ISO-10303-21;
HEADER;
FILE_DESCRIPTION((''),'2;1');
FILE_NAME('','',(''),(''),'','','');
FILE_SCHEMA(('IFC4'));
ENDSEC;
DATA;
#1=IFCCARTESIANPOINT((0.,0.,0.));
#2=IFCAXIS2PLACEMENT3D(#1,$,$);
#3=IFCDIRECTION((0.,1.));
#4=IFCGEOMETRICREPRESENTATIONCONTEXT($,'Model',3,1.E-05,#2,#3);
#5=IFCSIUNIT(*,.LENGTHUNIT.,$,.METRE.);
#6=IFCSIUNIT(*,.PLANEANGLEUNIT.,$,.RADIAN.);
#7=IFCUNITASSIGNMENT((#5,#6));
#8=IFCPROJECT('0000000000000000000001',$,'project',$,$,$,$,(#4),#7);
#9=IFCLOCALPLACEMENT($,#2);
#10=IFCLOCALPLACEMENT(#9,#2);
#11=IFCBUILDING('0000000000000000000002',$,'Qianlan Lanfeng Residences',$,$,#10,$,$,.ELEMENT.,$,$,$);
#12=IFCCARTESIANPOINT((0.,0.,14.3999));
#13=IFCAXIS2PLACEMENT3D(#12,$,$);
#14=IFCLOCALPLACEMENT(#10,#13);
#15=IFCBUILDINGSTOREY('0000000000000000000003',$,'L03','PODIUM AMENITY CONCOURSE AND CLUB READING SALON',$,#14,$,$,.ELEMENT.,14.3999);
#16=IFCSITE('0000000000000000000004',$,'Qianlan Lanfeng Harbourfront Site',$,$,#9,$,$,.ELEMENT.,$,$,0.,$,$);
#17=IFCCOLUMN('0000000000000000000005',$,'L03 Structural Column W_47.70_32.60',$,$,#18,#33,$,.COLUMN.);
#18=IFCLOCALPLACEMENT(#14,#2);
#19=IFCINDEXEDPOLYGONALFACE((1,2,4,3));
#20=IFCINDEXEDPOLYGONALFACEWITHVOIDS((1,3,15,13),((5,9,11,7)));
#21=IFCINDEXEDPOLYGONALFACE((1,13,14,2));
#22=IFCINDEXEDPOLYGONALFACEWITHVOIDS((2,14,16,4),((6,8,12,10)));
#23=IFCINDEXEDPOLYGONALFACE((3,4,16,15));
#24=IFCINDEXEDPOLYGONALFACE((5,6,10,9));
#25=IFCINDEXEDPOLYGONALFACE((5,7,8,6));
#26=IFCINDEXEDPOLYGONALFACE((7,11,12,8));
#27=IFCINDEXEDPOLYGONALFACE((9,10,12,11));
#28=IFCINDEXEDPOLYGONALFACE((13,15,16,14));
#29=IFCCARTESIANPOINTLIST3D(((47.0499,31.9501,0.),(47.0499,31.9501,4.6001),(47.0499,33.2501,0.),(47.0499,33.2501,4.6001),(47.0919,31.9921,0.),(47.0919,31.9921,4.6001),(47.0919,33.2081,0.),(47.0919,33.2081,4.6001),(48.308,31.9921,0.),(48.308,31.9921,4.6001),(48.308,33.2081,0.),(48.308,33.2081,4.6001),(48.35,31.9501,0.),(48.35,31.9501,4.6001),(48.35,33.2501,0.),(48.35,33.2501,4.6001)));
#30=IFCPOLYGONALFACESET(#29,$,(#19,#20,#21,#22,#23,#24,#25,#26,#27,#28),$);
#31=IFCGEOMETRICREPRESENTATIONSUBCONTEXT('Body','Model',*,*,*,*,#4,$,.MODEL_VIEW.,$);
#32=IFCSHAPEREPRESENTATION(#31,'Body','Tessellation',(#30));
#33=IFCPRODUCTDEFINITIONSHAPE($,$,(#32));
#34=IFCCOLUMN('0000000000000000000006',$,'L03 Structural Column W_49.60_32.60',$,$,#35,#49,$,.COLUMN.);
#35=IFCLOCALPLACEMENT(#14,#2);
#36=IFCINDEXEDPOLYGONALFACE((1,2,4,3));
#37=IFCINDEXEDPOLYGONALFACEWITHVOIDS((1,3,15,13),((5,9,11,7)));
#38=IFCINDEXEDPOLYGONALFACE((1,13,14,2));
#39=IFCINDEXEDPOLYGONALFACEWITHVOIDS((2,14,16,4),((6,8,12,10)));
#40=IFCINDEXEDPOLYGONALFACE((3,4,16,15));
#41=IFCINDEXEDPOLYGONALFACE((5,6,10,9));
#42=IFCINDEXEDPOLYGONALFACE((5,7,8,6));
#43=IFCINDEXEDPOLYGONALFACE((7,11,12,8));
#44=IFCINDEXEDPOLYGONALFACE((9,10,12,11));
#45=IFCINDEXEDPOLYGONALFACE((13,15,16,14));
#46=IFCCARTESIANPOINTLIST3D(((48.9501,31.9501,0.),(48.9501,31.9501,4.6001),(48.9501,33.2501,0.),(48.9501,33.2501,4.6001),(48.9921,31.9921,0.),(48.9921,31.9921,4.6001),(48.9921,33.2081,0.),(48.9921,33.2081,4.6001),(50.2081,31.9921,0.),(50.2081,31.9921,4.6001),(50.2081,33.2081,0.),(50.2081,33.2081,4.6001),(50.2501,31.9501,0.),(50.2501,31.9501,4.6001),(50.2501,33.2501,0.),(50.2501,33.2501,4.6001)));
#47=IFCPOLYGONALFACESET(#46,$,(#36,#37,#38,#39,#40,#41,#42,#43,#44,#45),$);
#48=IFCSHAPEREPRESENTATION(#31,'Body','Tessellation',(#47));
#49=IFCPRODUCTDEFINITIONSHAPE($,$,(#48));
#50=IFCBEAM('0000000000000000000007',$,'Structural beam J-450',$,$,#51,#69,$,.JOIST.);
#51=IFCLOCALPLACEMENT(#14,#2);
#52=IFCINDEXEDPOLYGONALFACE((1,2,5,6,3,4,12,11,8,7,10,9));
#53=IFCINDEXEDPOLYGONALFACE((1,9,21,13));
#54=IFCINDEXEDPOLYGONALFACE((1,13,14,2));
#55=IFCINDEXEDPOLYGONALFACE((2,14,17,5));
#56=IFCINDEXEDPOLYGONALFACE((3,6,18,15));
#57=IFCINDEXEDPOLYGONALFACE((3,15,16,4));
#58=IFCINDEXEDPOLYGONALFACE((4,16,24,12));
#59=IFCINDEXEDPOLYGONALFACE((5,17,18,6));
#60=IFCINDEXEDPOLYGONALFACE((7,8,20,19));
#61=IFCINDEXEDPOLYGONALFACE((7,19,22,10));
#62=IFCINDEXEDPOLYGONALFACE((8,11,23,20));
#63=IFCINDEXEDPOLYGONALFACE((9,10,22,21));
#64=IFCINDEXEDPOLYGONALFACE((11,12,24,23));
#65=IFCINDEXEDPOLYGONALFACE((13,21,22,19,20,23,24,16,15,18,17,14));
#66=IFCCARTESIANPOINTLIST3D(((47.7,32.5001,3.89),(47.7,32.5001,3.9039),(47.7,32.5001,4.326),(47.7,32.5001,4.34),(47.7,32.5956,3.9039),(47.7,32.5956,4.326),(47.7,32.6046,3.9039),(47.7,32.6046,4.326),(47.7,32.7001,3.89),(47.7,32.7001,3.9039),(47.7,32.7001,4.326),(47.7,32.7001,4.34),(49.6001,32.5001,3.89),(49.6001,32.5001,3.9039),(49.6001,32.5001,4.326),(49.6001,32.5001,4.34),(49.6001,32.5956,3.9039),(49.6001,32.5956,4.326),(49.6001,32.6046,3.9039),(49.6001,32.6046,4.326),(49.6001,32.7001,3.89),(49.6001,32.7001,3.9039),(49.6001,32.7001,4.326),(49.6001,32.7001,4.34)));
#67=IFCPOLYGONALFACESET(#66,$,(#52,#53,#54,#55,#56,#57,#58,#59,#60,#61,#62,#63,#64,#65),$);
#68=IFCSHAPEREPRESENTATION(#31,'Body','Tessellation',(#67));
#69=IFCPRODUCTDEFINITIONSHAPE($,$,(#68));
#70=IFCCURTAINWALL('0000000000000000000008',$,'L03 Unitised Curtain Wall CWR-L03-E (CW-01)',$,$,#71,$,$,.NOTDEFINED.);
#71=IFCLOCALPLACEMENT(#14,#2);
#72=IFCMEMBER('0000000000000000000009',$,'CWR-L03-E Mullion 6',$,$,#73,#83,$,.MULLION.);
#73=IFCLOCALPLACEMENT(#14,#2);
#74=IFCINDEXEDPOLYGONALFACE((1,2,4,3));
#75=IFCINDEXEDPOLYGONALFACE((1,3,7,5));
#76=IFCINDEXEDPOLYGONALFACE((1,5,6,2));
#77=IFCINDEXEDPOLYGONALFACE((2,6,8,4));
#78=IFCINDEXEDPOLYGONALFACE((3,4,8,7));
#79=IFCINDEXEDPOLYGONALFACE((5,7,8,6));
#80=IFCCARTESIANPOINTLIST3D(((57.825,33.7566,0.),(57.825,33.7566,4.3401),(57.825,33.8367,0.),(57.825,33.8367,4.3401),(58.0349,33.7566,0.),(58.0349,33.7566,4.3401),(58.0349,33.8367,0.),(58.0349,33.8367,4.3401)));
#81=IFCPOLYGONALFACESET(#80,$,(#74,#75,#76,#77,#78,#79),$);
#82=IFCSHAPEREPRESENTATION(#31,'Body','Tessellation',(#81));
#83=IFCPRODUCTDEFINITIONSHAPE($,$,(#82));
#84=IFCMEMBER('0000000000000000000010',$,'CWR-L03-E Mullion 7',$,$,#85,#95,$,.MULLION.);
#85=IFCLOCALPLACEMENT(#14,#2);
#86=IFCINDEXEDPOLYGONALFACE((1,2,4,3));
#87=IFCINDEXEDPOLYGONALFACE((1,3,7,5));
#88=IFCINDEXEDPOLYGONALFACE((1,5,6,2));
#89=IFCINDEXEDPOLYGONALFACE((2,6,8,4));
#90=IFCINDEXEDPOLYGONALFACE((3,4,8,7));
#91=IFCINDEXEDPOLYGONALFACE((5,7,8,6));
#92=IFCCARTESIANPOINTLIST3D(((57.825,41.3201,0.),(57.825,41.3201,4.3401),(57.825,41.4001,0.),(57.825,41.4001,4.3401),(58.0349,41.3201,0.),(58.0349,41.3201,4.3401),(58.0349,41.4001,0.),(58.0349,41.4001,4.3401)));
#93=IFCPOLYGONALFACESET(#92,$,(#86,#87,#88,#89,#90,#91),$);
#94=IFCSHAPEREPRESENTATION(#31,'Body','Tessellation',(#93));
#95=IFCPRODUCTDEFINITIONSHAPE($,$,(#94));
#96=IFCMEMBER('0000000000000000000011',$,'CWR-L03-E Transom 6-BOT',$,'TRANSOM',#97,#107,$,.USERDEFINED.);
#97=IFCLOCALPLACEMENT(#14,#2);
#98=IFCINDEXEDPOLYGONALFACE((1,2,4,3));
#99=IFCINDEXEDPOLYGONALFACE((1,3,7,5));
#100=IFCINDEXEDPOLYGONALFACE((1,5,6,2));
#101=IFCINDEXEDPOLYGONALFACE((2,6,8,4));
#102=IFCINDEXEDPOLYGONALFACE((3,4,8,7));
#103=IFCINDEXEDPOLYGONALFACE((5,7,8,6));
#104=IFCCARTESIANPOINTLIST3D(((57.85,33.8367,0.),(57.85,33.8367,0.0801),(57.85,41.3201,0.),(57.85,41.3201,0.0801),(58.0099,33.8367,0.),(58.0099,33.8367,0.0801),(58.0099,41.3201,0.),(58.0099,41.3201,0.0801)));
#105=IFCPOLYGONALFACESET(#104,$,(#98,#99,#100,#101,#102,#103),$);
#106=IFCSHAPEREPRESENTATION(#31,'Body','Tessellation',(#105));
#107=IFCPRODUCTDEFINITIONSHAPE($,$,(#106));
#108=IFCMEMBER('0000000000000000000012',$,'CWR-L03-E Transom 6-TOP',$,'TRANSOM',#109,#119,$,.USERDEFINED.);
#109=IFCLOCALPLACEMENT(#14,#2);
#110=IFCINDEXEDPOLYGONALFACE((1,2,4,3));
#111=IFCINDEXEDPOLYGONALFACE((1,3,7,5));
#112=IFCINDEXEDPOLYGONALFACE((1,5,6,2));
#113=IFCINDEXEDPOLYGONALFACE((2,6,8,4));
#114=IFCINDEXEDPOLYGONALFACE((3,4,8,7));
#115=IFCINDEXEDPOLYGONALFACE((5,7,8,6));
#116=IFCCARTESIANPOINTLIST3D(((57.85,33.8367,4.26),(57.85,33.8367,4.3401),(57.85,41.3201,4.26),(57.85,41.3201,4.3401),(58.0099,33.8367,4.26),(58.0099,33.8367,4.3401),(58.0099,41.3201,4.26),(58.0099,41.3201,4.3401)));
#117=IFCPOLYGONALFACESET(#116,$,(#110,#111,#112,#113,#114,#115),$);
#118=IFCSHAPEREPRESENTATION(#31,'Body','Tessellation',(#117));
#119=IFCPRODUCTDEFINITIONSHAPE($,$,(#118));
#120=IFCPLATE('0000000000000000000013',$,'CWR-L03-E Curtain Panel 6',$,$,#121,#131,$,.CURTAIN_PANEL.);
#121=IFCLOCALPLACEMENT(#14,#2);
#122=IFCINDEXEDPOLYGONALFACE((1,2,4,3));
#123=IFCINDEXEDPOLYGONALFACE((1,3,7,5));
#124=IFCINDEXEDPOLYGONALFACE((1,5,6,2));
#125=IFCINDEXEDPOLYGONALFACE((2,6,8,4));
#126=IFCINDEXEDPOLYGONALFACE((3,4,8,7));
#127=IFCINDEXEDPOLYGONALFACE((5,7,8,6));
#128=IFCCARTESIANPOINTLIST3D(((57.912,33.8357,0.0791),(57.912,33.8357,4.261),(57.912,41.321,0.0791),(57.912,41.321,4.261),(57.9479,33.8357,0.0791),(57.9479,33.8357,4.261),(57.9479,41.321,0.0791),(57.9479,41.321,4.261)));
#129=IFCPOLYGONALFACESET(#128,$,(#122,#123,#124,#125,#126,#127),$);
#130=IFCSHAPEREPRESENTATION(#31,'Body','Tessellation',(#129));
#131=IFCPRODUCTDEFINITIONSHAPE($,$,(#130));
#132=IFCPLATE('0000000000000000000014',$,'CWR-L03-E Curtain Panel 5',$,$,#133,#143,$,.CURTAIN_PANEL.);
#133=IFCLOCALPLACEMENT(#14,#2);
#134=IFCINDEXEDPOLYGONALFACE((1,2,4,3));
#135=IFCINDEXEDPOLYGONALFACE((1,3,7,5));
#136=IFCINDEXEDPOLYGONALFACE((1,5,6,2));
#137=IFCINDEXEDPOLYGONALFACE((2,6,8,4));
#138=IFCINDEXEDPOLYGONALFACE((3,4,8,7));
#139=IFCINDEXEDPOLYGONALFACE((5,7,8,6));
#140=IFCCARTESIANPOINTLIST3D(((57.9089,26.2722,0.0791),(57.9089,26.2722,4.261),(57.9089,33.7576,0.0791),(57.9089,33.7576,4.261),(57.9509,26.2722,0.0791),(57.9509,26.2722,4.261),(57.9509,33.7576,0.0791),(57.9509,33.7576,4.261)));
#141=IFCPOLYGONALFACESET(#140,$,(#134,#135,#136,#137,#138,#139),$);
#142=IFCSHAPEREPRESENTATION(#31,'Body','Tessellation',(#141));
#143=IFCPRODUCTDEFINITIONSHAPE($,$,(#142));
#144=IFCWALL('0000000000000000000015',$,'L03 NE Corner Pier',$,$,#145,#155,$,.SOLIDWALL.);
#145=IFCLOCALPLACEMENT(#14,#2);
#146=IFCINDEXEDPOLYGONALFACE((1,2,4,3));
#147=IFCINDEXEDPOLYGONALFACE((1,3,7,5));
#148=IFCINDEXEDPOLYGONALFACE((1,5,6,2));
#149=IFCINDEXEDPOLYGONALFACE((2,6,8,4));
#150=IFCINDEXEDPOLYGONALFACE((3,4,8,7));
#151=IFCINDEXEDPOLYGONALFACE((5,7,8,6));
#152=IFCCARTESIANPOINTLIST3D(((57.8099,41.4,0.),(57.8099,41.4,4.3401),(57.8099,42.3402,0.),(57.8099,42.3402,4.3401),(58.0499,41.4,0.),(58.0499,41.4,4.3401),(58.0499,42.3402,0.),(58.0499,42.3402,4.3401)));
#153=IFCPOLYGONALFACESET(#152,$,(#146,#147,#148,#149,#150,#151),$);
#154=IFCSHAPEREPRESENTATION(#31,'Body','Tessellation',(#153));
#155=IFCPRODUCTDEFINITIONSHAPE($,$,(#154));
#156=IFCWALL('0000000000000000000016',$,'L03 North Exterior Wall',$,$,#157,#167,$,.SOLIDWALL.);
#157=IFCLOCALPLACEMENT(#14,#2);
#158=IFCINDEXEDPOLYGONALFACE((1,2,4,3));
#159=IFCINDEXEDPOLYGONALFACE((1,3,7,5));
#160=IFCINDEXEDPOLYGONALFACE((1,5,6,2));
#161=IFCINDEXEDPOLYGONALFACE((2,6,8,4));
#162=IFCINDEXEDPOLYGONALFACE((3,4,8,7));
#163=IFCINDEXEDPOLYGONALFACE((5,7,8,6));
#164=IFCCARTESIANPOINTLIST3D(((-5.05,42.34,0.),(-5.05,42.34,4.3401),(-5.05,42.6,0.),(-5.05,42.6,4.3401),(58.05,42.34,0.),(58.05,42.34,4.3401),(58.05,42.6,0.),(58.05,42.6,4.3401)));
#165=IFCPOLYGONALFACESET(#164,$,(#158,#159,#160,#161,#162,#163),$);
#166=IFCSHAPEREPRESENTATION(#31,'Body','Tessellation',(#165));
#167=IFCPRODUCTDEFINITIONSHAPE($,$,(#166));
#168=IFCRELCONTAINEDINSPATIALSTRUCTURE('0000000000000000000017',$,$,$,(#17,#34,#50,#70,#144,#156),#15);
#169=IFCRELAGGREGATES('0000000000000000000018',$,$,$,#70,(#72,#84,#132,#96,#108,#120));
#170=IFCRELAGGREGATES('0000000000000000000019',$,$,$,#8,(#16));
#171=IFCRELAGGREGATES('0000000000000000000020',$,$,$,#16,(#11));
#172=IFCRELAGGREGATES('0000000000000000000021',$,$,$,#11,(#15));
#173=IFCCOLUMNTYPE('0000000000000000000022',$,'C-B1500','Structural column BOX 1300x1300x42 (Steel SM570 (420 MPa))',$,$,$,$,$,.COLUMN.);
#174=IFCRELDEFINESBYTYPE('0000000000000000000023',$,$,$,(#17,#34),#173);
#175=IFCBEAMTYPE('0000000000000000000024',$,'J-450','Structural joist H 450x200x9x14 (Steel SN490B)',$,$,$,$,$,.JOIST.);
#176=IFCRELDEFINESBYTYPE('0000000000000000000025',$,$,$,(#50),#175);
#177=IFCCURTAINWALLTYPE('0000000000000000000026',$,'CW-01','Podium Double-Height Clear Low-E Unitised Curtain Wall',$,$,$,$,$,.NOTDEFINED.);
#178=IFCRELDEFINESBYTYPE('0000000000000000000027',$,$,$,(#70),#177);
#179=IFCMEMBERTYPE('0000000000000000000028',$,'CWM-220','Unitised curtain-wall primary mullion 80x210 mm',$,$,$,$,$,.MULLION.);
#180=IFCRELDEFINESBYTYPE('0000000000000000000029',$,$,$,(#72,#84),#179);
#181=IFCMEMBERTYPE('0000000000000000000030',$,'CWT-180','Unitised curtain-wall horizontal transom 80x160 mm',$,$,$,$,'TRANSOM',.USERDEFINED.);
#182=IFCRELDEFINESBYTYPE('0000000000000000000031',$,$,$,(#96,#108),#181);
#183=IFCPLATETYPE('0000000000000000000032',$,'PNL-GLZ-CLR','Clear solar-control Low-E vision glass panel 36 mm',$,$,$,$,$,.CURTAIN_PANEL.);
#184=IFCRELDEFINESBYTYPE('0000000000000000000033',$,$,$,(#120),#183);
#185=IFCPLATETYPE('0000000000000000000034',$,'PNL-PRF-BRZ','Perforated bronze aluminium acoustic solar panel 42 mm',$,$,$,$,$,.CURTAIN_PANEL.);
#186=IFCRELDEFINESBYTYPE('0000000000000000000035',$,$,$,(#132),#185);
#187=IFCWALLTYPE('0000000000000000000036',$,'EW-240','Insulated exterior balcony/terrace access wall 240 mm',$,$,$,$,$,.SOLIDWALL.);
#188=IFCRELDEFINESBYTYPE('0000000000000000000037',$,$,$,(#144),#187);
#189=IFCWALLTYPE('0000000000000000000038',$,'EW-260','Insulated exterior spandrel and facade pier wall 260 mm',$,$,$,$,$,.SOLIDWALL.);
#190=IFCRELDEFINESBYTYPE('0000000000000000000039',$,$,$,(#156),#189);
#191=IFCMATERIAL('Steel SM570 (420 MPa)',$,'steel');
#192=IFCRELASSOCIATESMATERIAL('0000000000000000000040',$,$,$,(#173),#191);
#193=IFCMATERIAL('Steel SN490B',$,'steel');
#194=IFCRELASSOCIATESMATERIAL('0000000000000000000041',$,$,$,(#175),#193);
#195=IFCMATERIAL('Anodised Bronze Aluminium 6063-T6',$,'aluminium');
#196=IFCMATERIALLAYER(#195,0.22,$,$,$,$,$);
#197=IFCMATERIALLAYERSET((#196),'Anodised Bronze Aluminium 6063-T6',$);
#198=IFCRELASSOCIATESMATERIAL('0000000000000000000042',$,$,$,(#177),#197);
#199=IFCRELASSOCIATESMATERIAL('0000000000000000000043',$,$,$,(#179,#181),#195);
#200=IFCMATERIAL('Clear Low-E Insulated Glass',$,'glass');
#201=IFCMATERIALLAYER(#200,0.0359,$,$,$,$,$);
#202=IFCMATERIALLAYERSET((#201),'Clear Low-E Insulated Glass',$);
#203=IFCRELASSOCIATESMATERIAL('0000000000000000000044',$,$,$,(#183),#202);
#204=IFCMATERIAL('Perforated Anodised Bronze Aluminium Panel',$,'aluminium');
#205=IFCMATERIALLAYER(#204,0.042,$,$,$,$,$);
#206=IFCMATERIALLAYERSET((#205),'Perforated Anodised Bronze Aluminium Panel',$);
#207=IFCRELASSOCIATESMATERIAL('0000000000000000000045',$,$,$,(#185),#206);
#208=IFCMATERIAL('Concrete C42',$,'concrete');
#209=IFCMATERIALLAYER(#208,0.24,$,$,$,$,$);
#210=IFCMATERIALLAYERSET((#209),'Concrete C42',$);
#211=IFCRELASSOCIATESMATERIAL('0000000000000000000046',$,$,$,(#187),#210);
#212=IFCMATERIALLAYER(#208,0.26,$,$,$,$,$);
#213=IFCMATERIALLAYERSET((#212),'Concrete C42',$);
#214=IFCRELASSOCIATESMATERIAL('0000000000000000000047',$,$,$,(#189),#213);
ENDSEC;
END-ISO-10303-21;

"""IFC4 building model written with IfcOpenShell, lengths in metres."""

from ifc_helpers import new_model, si_unit, direction, frame, frame_2d, origin, origin_2d, place, context, subcontext, project, spatial, rectangle, hollow_rectangle, i_section, extrude, source, transform, mapped, material, layer, layer_set, material_profile, profile_set, type_object, element, aggregate, save


model = new_model("IFC4")

# Units and contexts
model_context = context("Model", 3, precision=1e-05, world=origin(), true_north=direction((0.0, 1.0)))
body_context = subcontext(model_context, "Body", "Model", "MODEL_VIEW")
ifc_project = project(units=[si_unit("LENGTHUNIT", "METRE"), si_unit("PLANEANGLEUNIT", "RADIAN")], contexts=[model_context])

# Site, building, storey
site_placement = place(None, origin())
site = spatial("IfcSite", under=ifc_project, at=site_placement, Name="Qianlan Lanfeng Harbourfront Site", CompositionType="ELEMENT", RefElevation=0.0)
building_placement = place(site_placement, origin())
building = spatial("IfcBuilding", under=site, at=building_placement, Name="Qianlan Lanfeng Residences", CompositionType="ELEMENT")
storey_placement = place(building_placement, frame((0.0, 0.0, 14.3999)))
storey = spatial("IfcBuildingStorey", under=building, at=storey_placement, Name="L03", Description="PODIUM AMENITY CONCOURSE AND CLUB READING SALON", CompositionType="ELEMENT", Elevation=14.3999)

# Columns
ifc_material_1 = material(Name="Steel SM570 (420 MPa)", Category="steel")
ifc_material_profile_1 = material_profile(ifc_material_1, hollow_rectangle(XDim=1.3, YDim=1.3, WallThickness=0.042, at=origin_2d()), Name="BOX 1300x1300x42")
ifc_profile_set_1 = profile_set([ifc_material_profile_1], Name="Steel SM570 (420 MPa)")
column_type = type_object("IfcColumnType", Name="C-B1500", Description="Structural column BOX 1300x1300x42 (Steel SM570 (420 MPa))", PredefinedType="COLUMN", material=ifc_profile_set_1)
for number, where, z_axis, x_axis, name in (
    (1, (47.7, 32.6001, 0.0), (0.0, 0.0, 1.0), (1.0, 0.0, 0.0), "L03 Structural Column W_47.70_32.60"),
    (2, (49.6001, 32.6001, 0.0), (0.0, 0.0, 1.0), (1.0, 0.0, 0.0), "L03 Structural Column W_49.60_32.60"),
):
    element("IfcColumn", number, at=place(storey_placement, frame(where, z_axis=z_axis, x_axis=x_axis)), inside=storey, type_object=column_type, Name=name, PredefinedType="COLUMN", context=body_context, shape_type="SweptSolid", body=[
        extrude(hollow_rectangle(XDim=1.3, YDim=1.3, WallThickness=0.042, at=origin_2d()), origin(), (0.0, 0.0, 1.0), 4.6001),
    ])

# Beam
ifc_material_2 = material(Name="Steel SN490B", Category="steel")
ifc_material_profile_2 = material_profile(ifc_material_2, i_section(OverallWidth=0.2, OverallDepth=0.45, WebThickness=0.009, FlangeThickness=0.0139, at=origin_2d()), Name="H 450x200x9x14")
ifc_profile_set_2 = profile_set([ifc_material_profile_2], Name="Steel SN490B")
beam_type = type_object("IfcBeamType", Name="J-450", Description="Structural joist H 450x200x9x14 (Steel SN490B)", PredefinedType="JOIST", material=ifc_profile_set_2)
beam_placement = place(storey_placement, frame((47.7, 32.6001, 4.115), z_axis=(1.0, 0.0, 0.0), x_axis=(0.0, 1.0, 0.0)))
element("IfcBeam", 3, at=beam_placement, inside=storey, type_object=beam_type, Name="Structural beam J-450", PredefinedType="JOIST", context=body_context, shape_type="SweptSolid", body=[
    extrude(i_section(OverallWidth=0.2, OverallDepth=0.45, WebThickness=0.009, FlangeThickness=0.0139, at=origin_2d()), origin(), (0.0, 0.0, 1.0), 1.9001),
])

# Curtain wall, members, plates
ifc_material_3 = material(Name="Anodised Bronze Aluminium 6063-T6", Category="aluminium")
ifc_layer_1 = layer(ifc_material_3, 0.22)
ifc_layer_set_1 = layer_set([ifc_layer_1], Name="Anodised Bronze Aluminium 6063-T6")
curtain_wall_type = type_object("IfcCurtainWallType", Name="CW-01", Description="Podium Double-Height Clear Low-E Unitised Curtain Wall", PredefinedType="NOTDEFINED", material=ifc_layer_set_1)
curtain_wall_placement = place(storey_placement, origin())
curtain_wall = element("IfcCurtainWall", 4, at=curtain_wall_placement, inside=storey, type_object=curtain_wall_type, Name="L03 Unitised Curtain Wall CWR-L03-E (CW-01)", PredefinedType="NOTDEFINED")
ifc_material_profile_3 = material_profile(ifc_material_3, rectangle(XDim=0.0801, YDim=0.21, at=origin_2d()), Name="ALU MULLION 80x210")
ifc_profile_set_3 = profile_set([ifc_material_profile_3], Name="Anodised Bronze Aluminium 6063-T6")
member_type_1 = type_object("IfcMemberType", Name="CWM-220", Description="Unitised curtain-wall primary mullion 80x210 mm", PredefinedType="MULLION", material=ifc_profile_set_3)
shared_shape_1 = source(origin(), body_context, "Body", "SweptSolid", [
    extrude(rectangle(XDim=0.0801, YDim=0.21, at=origin_2d()), origin(), (0.0, 0.0, 1.0), 4.3401),
])
member_1_placement = place(storey_placement, frame((57.9299, 33.7966, 0.0), z_axis=(0.0, 0.0, 1.0), x_axis=(0.0, 1.0, 0.0)))
member_1 = element("IfcMember", 5, at=member_1_placement, type_object=member_type_1, Name="CWR-L03-E Mullion 6", PredefinedType="MULLION", context=body_context, shape_type="MappedRepresentation", body=[
    mapped(shared_shape_1, transform((0.0, 0.0, 0.0), scale=1.0)),
])
member_2_placement = place(storey_placement, frame((57.9299, 41.3601, 0.0), z_axis=(0.0, 0.0, 1.0), x_axis=(0.0, 1.0, 0.0)))
member_2 = element("IfcMember", 6, at=member_2_placement, type_object=member_type_1, Name="CWR-L03-E Mullion 7", PredefinedType="MULLION", context=body_context, shape_type="MappedRepresentation", body=[
    mapped(shared_shape_1, transform((0.0, 0.0, 0.0), scale=1.0)),
])
ifc_material_profile_4 = material_profile(ifc_material_3, rectangle(XDim=0.0801, YDim=0.1599, at=origin_2d()), Name="ALU TRANSOM 80x160")
ifc_profile_set_4 = profile_set([ifc_material_profile_4], Name="Anodised Bronze Aluminium 6063-T6")
member_type_2 = type_object("IfcMemberType", Name="CWT-180", Description="Unitised curtain-wall horizontal transom 80x160 mm", ElementType="TRANSOM", PredefinedType="USERDEFINED", material=ifc_profile_set_4)
shared_shape_2 = source(origin(), body_context, "Body", "SweptSolid", [
    extrude(rectangle(XDim=0.0801, YDim=0.1599, at=origin_2d()), origin(), (0.0, 0.0, 1.0), 7.4834),
])
member_3_placement = place(storey_placement, frame((57.9299, 33.8367, 0.04), z_axis=(0.0, 1.0, 0.0), x_axis=(0.0, 0.0, 1.0)))
member_3 = element("IfcMember", 7, at=member_3_placement, type_object=member_type_2, Name="CWR-L03-E Transom 6-BOT", ObjectType="TRANSOM", PredefinedType="USERDEFINED", context=body_context, shape_type="MappedRepresentation", body=[
    mapped(shared_shape_2, transform((0.0, 0.0, 0.0), scale=1.0)),
])
member_4_placement = place(storey_placement, frame((57.9299, 33.8367, 4.3), z_axis=(0.0, 1.0, 0.0), x_axis=(0.0, 0.0, 1.0)))
member_4 = element("IfcMember", 8, at=member_4_placement, type_object=member_type_2, Name="CWR-L03-E Transom 6-TOP", ObjectType="TRANSOM", PredefinedType="USERDEFINED", context=body_context, shape_type="MappedRepresentation", body=[
    mapped(shared_shape_2, transform((0.0, 0.0, 0.0), scale=1.0)),
])
ifc_material_4 = material(Name="Clear Low-E Insulated Glass", Category="glass")
ifc_layer_2 = layer(ifc_material_4, 0.0359)
ifc_layer_set_2 = layer_set([ifc_layer_2], Name="Clear Low-E Insulated Glass")
plate_type_1 = type_object("IfcPlateType", Name="PNL-GLZ-CLR", Description="Clear solar-control Low-E vision glass panel 36 mm", PredefinedType="CURTAIN_PANEL", material=ifc_layer_set_2)
shared_shape_3 = source(origin(), body_context, "Body", "SweptSolid", [
    extrude(rectangle(XDim=7.4854, YDim=0.0359, at=origin_2d()), origin(), (0.0, 0.0, 1.0), 4.1819),
])
plate_1_placement = place(storey_placement, frame((57.9299, 37.5784, 0.0791), z_axis=(0.0, 0.0, 1.0), x_axis=(0.0, 1.0, 0.0)))
plate_1 = element("IfcPlate", 9, at=plate_1_placement, type_object=plate_type_1, Name="CWR-L03-E Curtain Panel 6", PredefinedType="CURTAIN_PANEL", context=body_context, shape_type="MappedRepresentation", body=[
    mapped(shared_shape_3, transform((0.0, 0.0, 0.0), scale=1.0)),
])
ifc_material_5 = material(Name="Perforated Anodised Bronze Aluminium Panel", Category="aluminium")
ifc_layer_3 = layer(ifc_material_5, 0.042)
ifc_layer_set_3 = layer_set([ifc_layer_3], Name="Perforated Anodised Bronze Aluminium Panel")
plate_type_2 = type_object("IfcPlateType", Name="PNL-PRF-BRZ", Description="Perforated bronze aluminium acoustic solar panel 42 mm", PredefinedType="CURTAIN_PANEL", material=ifc_layer_set_3)
shared_shape_4 = source(origin(), body_context, "Body", "SweptSolid", [
    extrude(rectangle(XDim=7.4854, YDim=0.042, at=origin_2d()), origin(), (0.0, 0.0, 1.0), 4.1819),
])
plate_2_placement = place(storey_placement, frame((57.9299, 30.0149, 0.0791), z_axis=(0.0, 0.0, 1.0), x_axis=(0.0, 1.0, 0.0)))
plate_2 = element("IfcPlate", 10, at=plate_2_placement, type_object=plate_type_2, Name="CWR-L03-E Curtain Panel 5", PredefinedType="CURTAIN_PANEL", context=body_context, shape_type="MappedRepresentation", body=[
    mapped(shared_shape_4, transform((0.0, 0.0, 0.0), scale=1.0)),
])
aggregate(curtain_wall, [member_1, member_2, plate_2, member_3, member_4, plate_1])

# Walls
ifc_material_6 = material(Name="Concrete C42", Category="concrete")
ifc_layer_4 = layer(ifc_material_6, 0.24)
ifc_layer_set_4 = layer_set([ifc_layer_4], Name="Concrete C42")
wall_type_1 = type_object("IfcWallType", Name="EW-240", Description="Insulated exterior balcony/terrace access wall 240 mm", PredefinedType="SOLIDWALL", material=ifc_layer_set_4)
wall_1_placement = place(storey_placement, frame((57.9299, 41.3999, 0.0), z_axis=(0.0, 0.0, 1.0), x_axis=(0.0, 1.0, 0.0)))
element("IfcWall", 11, at=wall_1_placement, inside=storey, type_object=wall_type_1, Name="L03 NE Corner Pier", PredefinedType="SOLIDWALL", context=body_context, shape_type="SweptSolid", body=[
    extrude(rectangle(XDim=0.9402, YDim=0.24, at=frame_2d((0.4702, 0.0))), origin(), (0.0, 0.0, 1.0), 4.3401),
])
ifc_layer_5 = layer(ifc_material_6, 0.26)
ifc_layer_set_5 = layer_set([ifc_layer_5], Name="Concrete C42")
wall_type_2 = type_object("IfcWallType", Name="EW-260", Description="Insulated exterior spandrel and facade pier wall 260 mm", PredefinedType="SOLIDWALL", material=ifc_layer_set_5)
wall_2_placement = place(storey_placement, frame((58.05, 42.47, 0.0), z_axis=(0.0, 0.0, 1.0), x_axis=(-1.0, 0.0, 0.0)))
element("IfcWall", 12, at=wall_2_placement, inside=storey, type_object=wall_type_2, Name="L03 North Exterior Wall", PredefinedType="SOLIDWALL", context=body_context, shape_type="SweptSolid", body=[
    extrude(rectangle(XDim=63.1001, YDim=0.26, at=frame_2d((31.55, 0.0))), origin(), (0.0, 0.0, 1.0), 4.3401),
])

save(model, "model.ifc")
